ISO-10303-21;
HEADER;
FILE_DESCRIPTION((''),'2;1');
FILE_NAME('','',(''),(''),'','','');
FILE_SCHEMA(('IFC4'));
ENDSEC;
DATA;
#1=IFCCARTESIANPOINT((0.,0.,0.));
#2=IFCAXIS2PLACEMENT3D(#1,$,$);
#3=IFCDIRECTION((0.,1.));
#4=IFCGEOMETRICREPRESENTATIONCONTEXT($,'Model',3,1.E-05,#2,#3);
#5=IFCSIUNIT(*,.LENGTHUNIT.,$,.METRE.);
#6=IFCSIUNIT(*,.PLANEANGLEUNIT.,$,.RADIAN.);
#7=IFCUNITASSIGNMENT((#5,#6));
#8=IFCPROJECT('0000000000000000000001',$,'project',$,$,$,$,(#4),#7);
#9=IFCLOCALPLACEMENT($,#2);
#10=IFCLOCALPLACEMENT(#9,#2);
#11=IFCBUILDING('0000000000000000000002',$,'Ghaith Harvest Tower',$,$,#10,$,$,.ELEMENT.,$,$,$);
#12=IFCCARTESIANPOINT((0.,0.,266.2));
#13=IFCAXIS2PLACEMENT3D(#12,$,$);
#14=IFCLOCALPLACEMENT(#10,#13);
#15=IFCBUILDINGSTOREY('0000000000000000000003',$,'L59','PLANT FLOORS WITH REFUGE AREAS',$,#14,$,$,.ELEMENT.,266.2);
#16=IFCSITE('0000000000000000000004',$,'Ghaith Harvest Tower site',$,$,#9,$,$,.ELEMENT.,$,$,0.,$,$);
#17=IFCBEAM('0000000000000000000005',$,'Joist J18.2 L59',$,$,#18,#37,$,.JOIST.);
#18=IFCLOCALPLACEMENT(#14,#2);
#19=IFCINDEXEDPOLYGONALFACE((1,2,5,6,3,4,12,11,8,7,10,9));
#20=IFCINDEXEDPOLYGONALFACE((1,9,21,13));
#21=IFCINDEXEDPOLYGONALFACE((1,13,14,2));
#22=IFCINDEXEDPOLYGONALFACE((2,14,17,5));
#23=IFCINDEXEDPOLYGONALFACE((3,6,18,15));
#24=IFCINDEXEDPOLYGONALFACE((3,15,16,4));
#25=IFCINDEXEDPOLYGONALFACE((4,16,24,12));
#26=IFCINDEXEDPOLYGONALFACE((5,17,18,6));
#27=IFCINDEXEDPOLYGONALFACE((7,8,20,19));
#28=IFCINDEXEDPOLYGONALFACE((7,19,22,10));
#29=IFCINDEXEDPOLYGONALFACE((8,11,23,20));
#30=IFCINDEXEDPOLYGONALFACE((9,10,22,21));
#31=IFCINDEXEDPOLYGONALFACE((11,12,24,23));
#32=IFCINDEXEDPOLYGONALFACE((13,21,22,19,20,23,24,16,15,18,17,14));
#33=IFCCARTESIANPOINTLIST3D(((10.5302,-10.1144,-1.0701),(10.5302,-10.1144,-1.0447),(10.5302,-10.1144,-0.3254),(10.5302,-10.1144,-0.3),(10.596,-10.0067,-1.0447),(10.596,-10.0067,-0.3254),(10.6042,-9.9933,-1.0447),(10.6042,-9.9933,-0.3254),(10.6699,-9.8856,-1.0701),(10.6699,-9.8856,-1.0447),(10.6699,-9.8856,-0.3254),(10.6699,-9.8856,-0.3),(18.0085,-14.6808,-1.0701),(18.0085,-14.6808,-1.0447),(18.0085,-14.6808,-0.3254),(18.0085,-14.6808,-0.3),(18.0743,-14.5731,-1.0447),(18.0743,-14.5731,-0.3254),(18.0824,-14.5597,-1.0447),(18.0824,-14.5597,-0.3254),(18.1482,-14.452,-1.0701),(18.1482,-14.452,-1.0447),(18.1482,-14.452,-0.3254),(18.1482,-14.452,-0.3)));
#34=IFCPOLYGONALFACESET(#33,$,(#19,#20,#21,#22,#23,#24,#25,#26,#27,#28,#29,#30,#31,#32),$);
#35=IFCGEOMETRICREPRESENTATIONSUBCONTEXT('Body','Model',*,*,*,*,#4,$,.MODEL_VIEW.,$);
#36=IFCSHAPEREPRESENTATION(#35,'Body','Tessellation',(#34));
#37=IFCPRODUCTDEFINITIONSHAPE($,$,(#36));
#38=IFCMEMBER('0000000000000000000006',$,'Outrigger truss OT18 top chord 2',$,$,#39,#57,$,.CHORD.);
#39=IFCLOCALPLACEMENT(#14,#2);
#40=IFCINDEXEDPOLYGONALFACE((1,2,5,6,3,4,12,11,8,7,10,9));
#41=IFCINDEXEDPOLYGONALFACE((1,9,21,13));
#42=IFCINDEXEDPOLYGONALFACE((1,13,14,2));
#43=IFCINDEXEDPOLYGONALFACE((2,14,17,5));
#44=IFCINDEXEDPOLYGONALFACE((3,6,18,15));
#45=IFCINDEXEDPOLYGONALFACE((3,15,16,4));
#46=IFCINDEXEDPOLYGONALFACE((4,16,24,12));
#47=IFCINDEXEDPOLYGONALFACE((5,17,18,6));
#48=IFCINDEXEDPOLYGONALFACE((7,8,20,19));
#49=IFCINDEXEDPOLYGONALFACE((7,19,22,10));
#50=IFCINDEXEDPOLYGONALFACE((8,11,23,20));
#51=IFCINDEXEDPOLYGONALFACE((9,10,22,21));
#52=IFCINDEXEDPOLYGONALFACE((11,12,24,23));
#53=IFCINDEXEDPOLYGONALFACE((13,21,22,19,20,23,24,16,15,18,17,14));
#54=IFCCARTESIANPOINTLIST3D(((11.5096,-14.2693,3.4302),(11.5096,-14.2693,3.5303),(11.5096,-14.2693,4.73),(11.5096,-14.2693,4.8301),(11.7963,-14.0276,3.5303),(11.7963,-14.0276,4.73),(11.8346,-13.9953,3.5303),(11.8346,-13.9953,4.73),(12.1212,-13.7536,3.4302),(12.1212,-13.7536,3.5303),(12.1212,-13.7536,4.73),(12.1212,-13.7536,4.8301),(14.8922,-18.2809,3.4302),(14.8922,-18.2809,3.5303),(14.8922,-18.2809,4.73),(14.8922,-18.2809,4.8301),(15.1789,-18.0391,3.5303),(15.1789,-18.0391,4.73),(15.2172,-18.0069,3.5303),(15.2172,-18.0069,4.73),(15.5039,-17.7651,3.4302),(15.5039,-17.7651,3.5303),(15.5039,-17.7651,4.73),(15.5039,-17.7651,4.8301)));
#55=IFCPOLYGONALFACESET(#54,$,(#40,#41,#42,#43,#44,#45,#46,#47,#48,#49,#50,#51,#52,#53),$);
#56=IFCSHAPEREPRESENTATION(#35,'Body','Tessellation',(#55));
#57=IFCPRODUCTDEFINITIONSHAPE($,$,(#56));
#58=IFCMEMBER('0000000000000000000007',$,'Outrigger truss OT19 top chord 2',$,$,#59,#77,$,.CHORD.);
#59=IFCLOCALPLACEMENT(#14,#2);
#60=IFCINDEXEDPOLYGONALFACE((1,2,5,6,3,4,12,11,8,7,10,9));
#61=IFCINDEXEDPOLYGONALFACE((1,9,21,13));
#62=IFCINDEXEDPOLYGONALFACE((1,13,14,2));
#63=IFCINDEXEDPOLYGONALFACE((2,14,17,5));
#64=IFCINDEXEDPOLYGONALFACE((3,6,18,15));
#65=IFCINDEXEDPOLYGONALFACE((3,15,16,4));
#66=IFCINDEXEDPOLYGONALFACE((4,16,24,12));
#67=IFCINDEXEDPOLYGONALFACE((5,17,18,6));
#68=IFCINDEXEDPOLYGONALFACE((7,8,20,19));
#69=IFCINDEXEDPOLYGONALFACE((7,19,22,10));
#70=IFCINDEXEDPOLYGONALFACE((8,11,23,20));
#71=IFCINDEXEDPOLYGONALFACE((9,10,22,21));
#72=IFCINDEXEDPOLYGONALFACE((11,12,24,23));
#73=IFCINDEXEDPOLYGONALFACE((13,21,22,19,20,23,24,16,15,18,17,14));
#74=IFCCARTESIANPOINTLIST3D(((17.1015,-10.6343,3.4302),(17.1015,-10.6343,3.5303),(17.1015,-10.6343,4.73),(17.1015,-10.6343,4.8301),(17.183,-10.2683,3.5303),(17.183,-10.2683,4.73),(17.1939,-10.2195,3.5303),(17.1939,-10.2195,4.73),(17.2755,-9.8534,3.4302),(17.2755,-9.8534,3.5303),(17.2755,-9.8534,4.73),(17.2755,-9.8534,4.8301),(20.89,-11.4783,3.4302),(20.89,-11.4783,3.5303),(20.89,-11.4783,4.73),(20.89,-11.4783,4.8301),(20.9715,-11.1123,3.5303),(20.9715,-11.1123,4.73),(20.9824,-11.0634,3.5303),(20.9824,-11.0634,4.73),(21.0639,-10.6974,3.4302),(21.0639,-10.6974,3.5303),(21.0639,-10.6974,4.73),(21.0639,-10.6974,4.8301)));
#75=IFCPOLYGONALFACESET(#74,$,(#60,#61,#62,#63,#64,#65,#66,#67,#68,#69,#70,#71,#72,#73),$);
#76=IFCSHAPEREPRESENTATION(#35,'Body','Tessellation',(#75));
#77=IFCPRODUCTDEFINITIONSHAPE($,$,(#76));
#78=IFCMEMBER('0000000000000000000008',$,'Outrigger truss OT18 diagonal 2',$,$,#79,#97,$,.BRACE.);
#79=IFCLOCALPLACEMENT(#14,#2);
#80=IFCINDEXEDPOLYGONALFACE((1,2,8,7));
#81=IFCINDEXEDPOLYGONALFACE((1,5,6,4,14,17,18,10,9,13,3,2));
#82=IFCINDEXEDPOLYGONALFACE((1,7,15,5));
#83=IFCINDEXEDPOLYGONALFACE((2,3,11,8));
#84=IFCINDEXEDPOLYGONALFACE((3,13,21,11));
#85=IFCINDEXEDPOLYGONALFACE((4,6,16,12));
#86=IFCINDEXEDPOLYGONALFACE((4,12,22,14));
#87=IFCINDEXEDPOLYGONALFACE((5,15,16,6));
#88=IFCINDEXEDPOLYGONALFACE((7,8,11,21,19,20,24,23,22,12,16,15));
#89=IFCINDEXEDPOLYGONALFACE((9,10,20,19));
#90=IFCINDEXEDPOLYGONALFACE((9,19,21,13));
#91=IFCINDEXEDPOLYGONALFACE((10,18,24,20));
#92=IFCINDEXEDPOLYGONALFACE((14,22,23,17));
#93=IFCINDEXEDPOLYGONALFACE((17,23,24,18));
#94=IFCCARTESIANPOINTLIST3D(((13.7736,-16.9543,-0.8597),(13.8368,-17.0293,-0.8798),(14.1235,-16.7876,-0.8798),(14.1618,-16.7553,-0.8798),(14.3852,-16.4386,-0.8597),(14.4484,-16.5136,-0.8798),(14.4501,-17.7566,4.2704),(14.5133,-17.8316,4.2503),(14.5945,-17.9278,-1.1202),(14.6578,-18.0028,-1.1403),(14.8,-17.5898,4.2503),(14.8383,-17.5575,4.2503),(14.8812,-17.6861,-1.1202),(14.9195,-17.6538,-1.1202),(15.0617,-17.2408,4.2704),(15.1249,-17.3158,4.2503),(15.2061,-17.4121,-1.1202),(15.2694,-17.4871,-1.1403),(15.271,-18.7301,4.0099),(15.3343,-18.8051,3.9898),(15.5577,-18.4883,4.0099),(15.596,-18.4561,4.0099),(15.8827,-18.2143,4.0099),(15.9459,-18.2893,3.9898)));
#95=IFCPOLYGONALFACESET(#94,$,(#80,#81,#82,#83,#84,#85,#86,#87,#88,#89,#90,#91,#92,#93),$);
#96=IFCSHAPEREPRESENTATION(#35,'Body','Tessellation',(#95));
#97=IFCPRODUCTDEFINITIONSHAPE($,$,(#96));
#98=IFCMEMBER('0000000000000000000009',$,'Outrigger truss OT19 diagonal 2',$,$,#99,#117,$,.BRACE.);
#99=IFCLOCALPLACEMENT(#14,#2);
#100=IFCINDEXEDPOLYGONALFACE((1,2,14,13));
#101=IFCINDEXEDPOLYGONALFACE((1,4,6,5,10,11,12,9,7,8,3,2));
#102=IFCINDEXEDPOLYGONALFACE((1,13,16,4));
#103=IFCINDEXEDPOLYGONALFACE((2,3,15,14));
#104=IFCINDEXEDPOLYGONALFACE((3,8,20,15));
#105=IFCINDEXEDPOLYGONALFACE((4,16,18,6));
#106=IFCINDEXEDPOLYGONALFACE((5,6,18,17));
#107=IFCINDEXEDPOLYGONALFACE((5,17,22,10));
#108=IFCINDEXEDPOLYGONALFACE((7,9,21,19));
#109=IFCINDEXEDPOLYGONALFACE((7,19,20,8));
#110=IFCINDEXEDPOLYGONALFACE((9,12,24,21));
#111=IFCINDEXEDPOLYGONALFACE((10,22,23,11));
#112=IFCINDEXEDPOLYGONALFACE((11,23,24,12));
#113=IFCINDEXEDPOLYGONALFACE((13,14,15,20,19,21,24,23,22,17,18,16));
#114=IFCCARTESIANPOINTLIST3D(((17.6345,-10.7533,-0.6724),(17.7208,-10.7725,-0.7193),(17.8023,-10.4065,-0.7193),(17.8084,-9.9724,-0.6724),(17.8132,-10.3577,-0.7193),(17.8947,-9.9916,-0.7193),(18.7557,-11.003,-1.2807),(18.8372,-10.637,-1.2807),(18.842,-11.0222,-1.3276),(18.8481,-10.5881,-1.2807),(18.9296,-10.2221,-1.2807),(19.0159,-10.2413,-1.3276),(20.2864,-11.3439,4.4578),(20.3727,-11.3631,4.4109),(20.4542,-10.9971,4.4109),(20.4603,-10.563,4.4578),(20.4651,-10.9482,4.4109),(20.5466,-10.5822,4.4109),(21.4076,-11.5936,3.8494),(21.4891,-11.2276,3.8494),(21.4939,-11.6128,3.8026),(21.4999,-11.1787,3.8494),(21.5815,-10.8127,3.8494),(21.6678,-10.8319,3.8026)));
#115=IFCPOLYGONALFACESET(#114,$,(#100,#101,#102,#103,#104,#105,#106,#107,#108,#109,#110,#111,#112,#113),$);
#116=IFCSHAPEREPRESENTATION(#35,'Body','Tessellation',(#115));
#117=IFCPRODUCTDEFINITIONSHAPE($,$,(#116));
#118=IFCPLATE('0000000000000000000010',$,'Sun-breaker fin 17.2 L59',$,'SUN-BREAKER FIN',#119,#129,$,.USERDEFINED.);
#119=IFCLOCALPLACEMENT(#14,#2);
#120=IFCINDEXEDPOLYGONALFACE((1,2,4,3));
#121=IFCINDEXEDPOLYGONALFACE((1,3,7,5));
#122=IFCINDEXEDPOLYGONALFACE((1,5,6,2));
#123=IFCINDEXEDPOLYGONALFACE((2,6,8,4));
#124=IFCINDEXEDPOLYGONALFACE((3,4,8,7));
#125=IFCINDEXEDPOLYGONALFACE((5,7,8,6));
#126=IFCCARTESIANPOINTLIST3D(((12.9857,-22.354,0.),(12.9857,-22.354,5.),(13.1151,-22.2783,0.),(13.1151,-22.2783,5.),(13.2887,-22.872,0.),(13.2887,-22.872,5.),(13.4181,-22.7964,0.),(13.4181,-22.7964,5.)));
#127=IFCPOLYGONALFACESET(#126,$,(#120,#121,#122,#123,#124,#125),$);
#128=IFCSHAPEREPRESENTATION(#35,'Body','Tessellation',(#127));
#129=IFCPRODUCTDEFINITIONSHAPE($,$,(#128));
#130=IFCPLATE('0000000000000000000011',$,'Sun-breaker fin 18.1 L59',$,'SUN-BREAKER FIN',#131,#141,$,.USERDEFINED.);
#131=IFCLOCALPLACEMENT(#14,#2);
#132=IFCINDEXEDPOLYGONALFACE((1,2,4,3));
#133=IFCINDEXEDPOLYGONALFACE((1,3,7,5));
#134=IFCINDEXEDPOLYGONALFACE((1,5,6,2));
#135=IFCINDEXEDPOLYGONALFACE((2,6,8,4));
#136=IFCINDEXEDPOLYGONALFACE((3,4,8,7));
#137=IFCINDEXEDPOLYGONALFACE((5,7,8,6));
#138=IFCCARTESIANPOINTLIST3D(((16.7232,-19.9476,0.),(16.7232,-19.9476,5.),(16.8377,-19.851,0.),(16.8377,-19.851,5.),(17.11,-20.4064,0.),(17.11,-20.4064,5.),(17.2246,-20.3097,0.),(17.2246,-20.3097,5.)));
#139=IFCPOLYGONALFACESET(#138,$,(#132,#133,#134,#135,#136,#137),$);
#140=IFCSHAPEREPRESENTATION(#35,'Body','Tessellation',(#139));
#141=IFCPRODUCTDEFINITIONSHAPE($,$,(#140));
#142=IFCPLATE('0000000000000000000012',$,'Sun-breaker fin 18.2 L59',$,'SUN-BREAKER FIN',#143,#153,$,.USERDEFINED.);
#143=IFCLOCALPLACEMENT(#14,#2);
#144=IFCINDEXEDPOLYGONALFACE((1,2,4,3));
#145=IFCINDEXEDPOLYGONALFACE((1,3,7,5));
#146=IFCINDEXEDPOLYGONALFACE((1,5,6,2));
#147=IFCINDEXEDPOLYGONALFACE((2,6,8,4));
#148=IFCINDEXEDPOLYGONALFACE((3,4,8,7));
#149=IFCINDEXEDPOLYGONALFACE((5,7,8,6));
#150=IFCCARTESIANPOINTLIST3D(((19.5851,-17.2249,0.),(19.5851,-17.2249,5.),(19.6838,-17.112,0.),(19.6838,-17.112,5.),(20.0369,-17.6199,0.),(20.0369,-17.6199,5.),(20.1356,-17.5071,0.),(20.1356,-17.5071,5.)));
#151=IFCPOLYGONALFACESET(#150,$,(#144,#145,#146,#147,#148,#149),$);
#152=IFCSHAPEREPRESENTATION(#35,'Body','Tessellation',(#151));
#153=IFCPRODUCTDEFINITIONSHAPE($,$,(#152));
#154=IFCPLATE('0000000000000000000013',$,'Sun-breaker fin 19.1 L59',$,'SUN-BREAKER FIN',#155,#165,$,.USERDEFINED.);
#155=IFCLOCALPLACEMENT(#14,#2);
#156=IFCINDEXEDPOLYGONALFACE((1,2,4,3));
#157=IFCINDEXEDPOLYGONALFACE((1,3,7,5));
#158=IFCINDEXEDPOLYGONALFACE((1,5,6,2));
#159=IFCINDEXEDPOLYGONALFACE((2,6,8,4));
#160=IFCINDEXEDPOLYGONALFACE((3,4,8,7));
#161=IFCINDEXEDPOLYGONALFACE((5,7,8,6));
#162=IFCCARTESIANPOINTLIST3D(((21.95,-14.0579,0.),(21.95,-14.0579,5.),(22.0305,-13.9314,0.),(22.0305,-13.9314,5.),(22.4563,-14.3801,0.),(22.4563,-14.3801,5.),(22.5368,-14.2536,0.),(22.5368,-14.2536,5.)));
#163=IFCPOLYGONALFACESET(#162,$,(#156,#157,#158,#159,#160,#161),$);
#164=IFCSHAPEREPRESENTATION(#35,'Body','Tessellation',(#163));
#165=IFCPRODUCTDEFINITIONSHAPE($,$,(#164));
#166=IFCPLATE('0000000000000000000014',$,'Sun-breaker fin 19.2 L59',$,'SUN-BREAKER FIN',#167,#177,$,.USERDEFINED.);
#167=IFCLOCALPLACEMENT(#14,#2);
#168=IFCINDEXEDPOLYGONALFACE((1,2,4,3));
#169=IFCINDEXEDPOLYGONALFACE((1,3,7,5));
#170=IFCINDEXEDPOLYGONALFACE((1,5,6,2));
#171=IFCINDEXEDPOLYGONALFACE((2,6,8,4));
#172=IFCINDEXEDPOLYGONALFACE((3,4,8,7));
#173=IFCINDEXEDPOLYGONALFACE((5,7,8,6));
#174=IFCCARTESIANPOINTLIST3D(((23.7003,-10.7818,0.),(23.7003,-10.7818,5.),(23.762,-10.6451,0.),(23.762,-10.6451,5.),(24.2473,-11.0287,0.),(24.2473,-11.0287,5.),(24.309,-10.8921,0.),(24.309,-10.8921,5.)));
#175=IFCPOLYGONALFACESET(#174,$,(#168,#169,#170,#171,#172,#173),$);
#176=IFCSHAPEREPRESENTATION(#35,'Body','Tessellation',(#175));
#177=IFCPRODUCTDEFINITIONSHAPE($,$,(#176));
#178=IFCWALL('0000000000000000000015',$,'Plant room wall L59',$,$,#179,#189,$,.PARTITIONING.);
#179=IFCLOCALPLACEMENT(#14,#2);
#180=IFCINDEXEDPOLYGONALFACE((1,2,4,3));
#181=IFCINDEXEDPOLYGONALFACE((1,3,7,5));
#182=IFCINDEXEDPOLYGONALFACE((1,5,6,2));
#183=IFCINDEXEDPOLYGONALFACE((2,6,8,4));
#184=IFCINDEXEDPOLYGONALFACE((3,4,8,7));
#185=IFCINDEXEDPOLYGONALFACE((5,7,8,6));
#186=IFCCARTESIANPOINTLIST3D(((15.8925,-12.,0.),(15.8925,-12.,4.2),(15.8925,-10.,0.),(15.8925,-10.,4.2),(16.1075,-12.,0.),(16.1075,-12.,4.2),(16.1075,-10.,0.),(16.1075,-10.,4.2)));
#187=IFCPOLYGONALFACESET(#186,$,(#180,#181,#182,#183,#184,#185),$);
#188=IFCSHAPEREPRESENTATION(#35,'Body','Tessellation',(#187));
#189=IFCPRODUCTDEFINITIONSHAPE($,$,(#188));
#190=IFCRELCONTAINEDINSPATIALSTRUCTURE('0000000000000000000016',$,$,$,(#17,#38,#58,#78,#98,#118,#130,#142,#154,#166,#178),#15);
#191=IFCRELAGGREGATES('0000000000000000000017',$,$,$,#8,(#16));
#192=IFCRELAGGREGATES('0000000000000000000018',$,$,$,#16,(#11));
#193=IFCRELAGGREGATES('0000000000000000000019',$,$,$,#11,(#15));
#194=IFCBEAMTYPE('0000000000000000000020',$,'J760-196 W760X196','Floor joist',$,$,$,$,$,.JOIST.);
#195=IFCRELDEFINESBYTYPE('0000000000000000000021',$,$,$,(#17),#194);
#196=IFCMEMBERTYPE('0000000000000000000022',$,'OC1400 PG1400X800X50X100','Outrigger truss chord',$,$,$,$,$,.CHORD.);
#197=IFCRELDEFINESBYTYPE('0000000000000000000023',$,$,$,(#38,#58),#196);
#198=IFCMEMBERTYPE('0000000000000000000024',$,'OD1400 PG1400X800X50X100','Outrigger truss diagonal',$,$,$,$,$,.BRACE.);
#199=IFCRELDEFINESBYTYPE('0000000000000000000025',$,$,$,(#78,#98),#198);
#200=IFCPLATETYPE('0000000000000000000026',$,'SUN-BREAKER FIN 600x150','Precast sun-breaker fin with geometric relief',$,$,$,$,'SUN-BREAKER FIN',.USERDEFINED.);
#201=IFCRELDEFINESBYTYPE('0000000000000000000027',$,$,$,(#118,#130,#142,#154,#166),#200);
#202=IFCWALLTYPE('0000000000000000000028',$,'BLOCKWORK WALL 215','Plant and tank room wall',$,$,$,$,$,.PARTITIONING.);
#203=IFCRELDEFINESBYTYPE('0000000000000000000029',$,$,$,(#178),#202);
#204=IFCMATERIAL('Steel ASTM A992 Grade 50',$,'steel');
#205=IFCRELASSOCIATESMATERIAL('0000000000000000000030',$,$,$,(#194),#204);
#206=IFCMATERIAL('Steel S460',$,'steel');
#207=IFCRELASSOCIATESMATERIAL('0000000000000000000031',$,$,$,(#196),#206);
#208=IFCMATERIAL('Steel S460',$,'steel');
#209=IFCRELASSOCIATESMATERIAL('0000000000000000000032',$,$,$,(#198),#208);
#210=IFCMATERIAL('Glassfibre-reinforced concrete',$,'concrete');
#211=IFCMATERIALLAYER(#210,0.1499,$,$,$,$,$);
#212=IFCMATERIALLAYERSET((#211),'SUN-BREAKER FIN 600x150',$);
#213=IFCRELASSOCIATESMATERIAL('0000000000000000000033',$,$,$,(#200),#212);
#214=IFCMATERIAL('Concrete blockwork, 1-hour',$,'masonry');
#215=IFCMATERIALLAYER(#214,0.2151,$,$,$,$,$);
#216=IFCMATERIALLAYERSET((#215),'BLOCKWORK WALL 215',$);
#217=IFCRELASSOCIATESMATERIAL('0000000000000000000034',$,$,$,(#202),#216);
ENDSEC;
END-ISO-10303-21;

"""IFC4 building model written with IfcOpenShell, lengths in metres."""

from ifc_helpers import new_model, si_unit, direction, frame, frame_2d, origin, origin_2d, place, context, subcontext, project, spatial, rectangle, i_section, extrude, material, layer, layer_set, material_profile, profile_set, type_object, element, save


model = new_model("IFC4")

# Units and contexts
model_context = context("Model", 3, precision=1e-05, world=origin(), true_north=direction((0.0, 1.0)))
body_context = subcontext(model_context, "Body", "Model", "MODEL_VIEW")
ifc_project = project(units=[si_unit("LENGTHUNIT", "METRE"), si_unit("PLANEANGLEUNIT", "RADIAN")], contexts=[model_context])

# Site, building, storey
site_placement = place(None, origin())
site = spatial("IfcSite", under=ifc_project, at=site_placement, Name="Ghaith Harvest Tower site", CompositionType="ELEMENT", RefElevation=0.0)
building_placement = place(site_placement, origin())
building = spatial("IfcBuilding", under=site, at=building_placement, Name="Ghaith Harvest Tower", CompositionType="ELEMENT")
storey_placement = place(building_placement, frame((0.0, 0.0, 266.2)))
storey = spatial("IfcBuildingStorey", under=building, at=storey_placement, Name="L59", Description="PLANT FLOORS WITH REFUGE AREAS", CompositionType="ELEMENT", Elevation=266.2)

# Beam
ifc_material_1 = material(Name="Steel ASTM A992 Grade 50", Category="steel")
ifc_material_profile_1 = material_profile(ifc_material_1, i_section(OverallWidth=0.2681, OverallDepth=0.77, WebThickness=0.0156, FlangeThickness=0.0254, at=origin_2d()), Name="W760X196")
ifc_profile_set_1 = profile_set([ifc_material_profile_1], Name="Steel ASTM A992 Grade 50")
beam_type_1 = type_object("IfcBeamType", Name="J760-196 W760X196", Description="Floor joist", PredefinedType="JOIST", material=ifc_profile_set_1)
beam_1_placement = place(storey_placement, frame((10.6001, -10.0, -0.6851), z_axis=(0.853467, -0.521147, 0.0), x_axis=(0.521147, 0.853467, 0.0)))
element("IfcBeam", 1, at=beam_1_placement, inside=storey, type_object=beam_type_1, Name="Joist J18.2 L59", PredefinedType="JOIST", context=body_context, shape_type="SweptSolid", body=[
    extrude(i_section(OverallWidth=0.2681, OverallDepth=0.77, WebThickness=0.0156, FlangeThickness=0.0254, at=origin_2d()), origin(), (0.0, 0.0, 1.0), 8.7622),
])

# Members
ifc_material_2 = material(Name="Steel S460", Category="steel")
ifc_material_profile_2 = material_profile(ifc_material_2, i_section(OverallWidth=0.8, OverallDepth=1.3999, WebThickness=0.05, FlangeThickness=0.1001, at=origin_2d()), Name="PG1400X800X50X100")
ifc_profile_set_2 = profile_set([ifc_material_profile_2], Name="Steel S460")
member_type_1 = type_object("IfcMemberType", Name="OC1400 PG1400X800X50X100", Description="Outrigger truss chord", PredefinedType="CHORD", material=ifc_profile_set_2)
member_1_placement = place(storey_placement, frame((11.8154, -14.0115, 4.1301), z_axis=(0.644636, -0.76449, 0.0), x_axis=(0.76449, 0.644636, 0.0)))
element("IfcMember", 2, at=member_1_placement, inside=storey, type_object=member_type_1, Name="Outrigger truss OT18 top chord 2", PredefinedType="CHORD", context=body_context, shape_type="SweptSolid", body=[
    extrude(i_section(OverallWidth=0.8, OverallDepth=1.3999, WebThickness=0.05, FlangeThickness=0.1001, at=origin_2d()), origin(), (0.0, 0.0, 1.0), 5.2473),
])
member_2_placement = place(storey_placement, frame((17.1885, -10.2439, 4.1301), z_axis=(0.976073, -0.217443, 0.0), x_axis=(0.217443, 0.976073, 0.0)))
element("IfcMember", 3, at=member_2_placement, inside=storey, type_object=member_type_1, Name="Outrigger truss OT19 top chord 2", PredefinedType="CHORD", context=body_context, shape_type="SweptSolid", body=[
    extrude(i_section(OverallWidth=0.8, OverallDepth=1.3999, WebThickness=0.05, FlangeThickness=0.1001, at=origin_2d()), origin(), (0.0, 0.0, 1.0), 3.8813),
])
ifc_material_3 = material(Name="Steel S460", Category="steel")
ifc_material_profile_3 = material_profile(ifc_material_3, i_section(OverallWidth=0.8, OverallDepth=1.3999, WebThickness=0.05, FlangeThickness=0.1001, at=origin_2d()), Name="PG1400X800X50X100")
ifc_profile_set_3 = profile_set([ifc_material_profile_3], Name="Steel S460")
member_type_2 = type_object("IfcMemberType", Name="OD1400 PG1400X800X50X100", Description="Outrigger truss diagonal", PredefinedType="BRACE", material=ifc_profile_set_3)
member_3_placement = place(storey_placement, frame((14.5215, -17.2207, -1.0), z_axis=(0.129195, -0.153207, 0.979712), x_axis=(0.764471, 0.644659, 0.0)))
element("IfcMember", 4, at=member_3_placement, inside=storey, type_object=member_type_2, Name="Outrigger truss OT18 diagonal 2", PredefinedType="BRACE", context=body_context, shape_type="SweptSolid", body=[
    extrude(i_section(OverallWidth=0.8, OverallDepth=1.3999, WebThickness=0.05, FlangeThickness=0.1001, at=origin_2d()), origin(), (0.0, 0.0, 1.0), 5.2363),
])
member_4_placement = place(storey_placement, frame((18.3252, -10.4973, -1.0), z_axis=(0.456814, -0.101734, 0.883726), x_axis=(0.217378, 0.976088, 0.0)))
element("IfcMember", 5, at=member_4_placement, inside=storey, type_object=member_type_2, Name="Outrigger truss OT19 diagonal 2", PredefinedType="BRACE", context=body_context, shape_type="SweptSolid", body=[
    extrude(i_section(OverallWidth=0.8, OverallDepth=1.3999, WebThickness=0.05, FlangeThickness=0.1001, at=origin_2d()), origin(), (0.0, 0.0, 1.0), 5.8052),
])

# Plates
ifc_material_4 = material(Name="Glassfibre-reinforced concrete", Category="concrete")
ifc_layer_1 = layer(ifc_material_4, 0.1499)
ifc_layer_set_1 = layer_set([ifc_layer_1], Name="SUN-BREAKER FIN 600x150")
plate_type = type_object("IfcPlateType", Name="SUN-BREAKER FIN 600x150", Description="Precast sun-breaker fin with geometric relief", ElementType="SUN-BREAKER FIN", PredefinedType="USERDEFINED", material=ifc_layer_set_1)
for number, where, z_axis, x_axis, name in (
    (6, (13.2019, -22.5752, 0.0), (0.0, 0.0, 1.0), (0.504811, -0.86323, 0.0), "Sun-breaker fin 17.2 L59"),
    (7, (16.9739, -20.1287, 0.0), (0.0, 0.0, 1.0), (0.644657, -0.764472, 0.0), "Sun-breaker fin 18.1 L59"),
    (8, (19.8604, -17.366, 0.0), (0.0, 0.0, 1.0), (0.752799, -0.65825, 0.0), "Sun-breaker fin 18.2 L59"),
    (9, (22.2434, -14.1558, 0.0), (0.0, 0.0, 1.0), (0.843644, -0.536903, 0.0), "Sun-breaker fin 19.1 L59"),
    (10, (24.0046, -10.8369, 0.0), (0.0, 0.0, 1.0), (0.911427, -0.411462, 0.0), "Sun-breaker fin 19.2 L59"),
):
    element("IfcPlate", number, at=place(storey_placement, frame(where, z_axis=z_axis, x_axis=x_axis)), inside=storey, type_object=plate_type, Name=name, ObjectType="SUN-BREAKER FIN", PredefinedType="USERDEFINED", context=body_context, shape_type="SweptSolid", body=[
        extrude(rectangle(XDim=0.6001, YDim=0.1499, at=origin_2d()), origin(), (0.0, 0.0, 1.0), 5.0),
    ])

# Wall
ifc_material_5 = material(Name="Concrete blockwork, 1-hour", Category="masonry")
ifc_layer_2 = layer(ifc_material_5, 0.2151)
ifc_layer_set_2 = layer_set([ifc_layer_2], Name="BLOCKWORK WALL 215")
wall_type_1 = type_object("IfcWallType", Name="BLOCKWORK WALL 215", Description="Plant and tank room wall", PredefinedType="PARTITIONING", material=ifc_layer_set_2)
for number, where, z_axis, x_axis, name in (
    (11, (16.0, -12.0, 0.0), (0.0, 0.0, 1.0), (0.0, 1.0, 0.0), "Plant room wall L59"),
):
    element("IfcWall", number, at=place(storey_placement, frame(where, z_axis=z_axis, x_axis=x_axis)), inside=storey, type_object=wall_type_1, Name=name, PredefinedType="PARTITIONING", context=body_context, shape_type="SweptSolid", body=[
        extrude(rectangle(XDim=2.0, YDim=0.2151, at=frame_2d((1.0, 0.0))), origin(), (0.0, 0.0, 1.0), 4.2),
    ])

save(model, "model.ifc")
